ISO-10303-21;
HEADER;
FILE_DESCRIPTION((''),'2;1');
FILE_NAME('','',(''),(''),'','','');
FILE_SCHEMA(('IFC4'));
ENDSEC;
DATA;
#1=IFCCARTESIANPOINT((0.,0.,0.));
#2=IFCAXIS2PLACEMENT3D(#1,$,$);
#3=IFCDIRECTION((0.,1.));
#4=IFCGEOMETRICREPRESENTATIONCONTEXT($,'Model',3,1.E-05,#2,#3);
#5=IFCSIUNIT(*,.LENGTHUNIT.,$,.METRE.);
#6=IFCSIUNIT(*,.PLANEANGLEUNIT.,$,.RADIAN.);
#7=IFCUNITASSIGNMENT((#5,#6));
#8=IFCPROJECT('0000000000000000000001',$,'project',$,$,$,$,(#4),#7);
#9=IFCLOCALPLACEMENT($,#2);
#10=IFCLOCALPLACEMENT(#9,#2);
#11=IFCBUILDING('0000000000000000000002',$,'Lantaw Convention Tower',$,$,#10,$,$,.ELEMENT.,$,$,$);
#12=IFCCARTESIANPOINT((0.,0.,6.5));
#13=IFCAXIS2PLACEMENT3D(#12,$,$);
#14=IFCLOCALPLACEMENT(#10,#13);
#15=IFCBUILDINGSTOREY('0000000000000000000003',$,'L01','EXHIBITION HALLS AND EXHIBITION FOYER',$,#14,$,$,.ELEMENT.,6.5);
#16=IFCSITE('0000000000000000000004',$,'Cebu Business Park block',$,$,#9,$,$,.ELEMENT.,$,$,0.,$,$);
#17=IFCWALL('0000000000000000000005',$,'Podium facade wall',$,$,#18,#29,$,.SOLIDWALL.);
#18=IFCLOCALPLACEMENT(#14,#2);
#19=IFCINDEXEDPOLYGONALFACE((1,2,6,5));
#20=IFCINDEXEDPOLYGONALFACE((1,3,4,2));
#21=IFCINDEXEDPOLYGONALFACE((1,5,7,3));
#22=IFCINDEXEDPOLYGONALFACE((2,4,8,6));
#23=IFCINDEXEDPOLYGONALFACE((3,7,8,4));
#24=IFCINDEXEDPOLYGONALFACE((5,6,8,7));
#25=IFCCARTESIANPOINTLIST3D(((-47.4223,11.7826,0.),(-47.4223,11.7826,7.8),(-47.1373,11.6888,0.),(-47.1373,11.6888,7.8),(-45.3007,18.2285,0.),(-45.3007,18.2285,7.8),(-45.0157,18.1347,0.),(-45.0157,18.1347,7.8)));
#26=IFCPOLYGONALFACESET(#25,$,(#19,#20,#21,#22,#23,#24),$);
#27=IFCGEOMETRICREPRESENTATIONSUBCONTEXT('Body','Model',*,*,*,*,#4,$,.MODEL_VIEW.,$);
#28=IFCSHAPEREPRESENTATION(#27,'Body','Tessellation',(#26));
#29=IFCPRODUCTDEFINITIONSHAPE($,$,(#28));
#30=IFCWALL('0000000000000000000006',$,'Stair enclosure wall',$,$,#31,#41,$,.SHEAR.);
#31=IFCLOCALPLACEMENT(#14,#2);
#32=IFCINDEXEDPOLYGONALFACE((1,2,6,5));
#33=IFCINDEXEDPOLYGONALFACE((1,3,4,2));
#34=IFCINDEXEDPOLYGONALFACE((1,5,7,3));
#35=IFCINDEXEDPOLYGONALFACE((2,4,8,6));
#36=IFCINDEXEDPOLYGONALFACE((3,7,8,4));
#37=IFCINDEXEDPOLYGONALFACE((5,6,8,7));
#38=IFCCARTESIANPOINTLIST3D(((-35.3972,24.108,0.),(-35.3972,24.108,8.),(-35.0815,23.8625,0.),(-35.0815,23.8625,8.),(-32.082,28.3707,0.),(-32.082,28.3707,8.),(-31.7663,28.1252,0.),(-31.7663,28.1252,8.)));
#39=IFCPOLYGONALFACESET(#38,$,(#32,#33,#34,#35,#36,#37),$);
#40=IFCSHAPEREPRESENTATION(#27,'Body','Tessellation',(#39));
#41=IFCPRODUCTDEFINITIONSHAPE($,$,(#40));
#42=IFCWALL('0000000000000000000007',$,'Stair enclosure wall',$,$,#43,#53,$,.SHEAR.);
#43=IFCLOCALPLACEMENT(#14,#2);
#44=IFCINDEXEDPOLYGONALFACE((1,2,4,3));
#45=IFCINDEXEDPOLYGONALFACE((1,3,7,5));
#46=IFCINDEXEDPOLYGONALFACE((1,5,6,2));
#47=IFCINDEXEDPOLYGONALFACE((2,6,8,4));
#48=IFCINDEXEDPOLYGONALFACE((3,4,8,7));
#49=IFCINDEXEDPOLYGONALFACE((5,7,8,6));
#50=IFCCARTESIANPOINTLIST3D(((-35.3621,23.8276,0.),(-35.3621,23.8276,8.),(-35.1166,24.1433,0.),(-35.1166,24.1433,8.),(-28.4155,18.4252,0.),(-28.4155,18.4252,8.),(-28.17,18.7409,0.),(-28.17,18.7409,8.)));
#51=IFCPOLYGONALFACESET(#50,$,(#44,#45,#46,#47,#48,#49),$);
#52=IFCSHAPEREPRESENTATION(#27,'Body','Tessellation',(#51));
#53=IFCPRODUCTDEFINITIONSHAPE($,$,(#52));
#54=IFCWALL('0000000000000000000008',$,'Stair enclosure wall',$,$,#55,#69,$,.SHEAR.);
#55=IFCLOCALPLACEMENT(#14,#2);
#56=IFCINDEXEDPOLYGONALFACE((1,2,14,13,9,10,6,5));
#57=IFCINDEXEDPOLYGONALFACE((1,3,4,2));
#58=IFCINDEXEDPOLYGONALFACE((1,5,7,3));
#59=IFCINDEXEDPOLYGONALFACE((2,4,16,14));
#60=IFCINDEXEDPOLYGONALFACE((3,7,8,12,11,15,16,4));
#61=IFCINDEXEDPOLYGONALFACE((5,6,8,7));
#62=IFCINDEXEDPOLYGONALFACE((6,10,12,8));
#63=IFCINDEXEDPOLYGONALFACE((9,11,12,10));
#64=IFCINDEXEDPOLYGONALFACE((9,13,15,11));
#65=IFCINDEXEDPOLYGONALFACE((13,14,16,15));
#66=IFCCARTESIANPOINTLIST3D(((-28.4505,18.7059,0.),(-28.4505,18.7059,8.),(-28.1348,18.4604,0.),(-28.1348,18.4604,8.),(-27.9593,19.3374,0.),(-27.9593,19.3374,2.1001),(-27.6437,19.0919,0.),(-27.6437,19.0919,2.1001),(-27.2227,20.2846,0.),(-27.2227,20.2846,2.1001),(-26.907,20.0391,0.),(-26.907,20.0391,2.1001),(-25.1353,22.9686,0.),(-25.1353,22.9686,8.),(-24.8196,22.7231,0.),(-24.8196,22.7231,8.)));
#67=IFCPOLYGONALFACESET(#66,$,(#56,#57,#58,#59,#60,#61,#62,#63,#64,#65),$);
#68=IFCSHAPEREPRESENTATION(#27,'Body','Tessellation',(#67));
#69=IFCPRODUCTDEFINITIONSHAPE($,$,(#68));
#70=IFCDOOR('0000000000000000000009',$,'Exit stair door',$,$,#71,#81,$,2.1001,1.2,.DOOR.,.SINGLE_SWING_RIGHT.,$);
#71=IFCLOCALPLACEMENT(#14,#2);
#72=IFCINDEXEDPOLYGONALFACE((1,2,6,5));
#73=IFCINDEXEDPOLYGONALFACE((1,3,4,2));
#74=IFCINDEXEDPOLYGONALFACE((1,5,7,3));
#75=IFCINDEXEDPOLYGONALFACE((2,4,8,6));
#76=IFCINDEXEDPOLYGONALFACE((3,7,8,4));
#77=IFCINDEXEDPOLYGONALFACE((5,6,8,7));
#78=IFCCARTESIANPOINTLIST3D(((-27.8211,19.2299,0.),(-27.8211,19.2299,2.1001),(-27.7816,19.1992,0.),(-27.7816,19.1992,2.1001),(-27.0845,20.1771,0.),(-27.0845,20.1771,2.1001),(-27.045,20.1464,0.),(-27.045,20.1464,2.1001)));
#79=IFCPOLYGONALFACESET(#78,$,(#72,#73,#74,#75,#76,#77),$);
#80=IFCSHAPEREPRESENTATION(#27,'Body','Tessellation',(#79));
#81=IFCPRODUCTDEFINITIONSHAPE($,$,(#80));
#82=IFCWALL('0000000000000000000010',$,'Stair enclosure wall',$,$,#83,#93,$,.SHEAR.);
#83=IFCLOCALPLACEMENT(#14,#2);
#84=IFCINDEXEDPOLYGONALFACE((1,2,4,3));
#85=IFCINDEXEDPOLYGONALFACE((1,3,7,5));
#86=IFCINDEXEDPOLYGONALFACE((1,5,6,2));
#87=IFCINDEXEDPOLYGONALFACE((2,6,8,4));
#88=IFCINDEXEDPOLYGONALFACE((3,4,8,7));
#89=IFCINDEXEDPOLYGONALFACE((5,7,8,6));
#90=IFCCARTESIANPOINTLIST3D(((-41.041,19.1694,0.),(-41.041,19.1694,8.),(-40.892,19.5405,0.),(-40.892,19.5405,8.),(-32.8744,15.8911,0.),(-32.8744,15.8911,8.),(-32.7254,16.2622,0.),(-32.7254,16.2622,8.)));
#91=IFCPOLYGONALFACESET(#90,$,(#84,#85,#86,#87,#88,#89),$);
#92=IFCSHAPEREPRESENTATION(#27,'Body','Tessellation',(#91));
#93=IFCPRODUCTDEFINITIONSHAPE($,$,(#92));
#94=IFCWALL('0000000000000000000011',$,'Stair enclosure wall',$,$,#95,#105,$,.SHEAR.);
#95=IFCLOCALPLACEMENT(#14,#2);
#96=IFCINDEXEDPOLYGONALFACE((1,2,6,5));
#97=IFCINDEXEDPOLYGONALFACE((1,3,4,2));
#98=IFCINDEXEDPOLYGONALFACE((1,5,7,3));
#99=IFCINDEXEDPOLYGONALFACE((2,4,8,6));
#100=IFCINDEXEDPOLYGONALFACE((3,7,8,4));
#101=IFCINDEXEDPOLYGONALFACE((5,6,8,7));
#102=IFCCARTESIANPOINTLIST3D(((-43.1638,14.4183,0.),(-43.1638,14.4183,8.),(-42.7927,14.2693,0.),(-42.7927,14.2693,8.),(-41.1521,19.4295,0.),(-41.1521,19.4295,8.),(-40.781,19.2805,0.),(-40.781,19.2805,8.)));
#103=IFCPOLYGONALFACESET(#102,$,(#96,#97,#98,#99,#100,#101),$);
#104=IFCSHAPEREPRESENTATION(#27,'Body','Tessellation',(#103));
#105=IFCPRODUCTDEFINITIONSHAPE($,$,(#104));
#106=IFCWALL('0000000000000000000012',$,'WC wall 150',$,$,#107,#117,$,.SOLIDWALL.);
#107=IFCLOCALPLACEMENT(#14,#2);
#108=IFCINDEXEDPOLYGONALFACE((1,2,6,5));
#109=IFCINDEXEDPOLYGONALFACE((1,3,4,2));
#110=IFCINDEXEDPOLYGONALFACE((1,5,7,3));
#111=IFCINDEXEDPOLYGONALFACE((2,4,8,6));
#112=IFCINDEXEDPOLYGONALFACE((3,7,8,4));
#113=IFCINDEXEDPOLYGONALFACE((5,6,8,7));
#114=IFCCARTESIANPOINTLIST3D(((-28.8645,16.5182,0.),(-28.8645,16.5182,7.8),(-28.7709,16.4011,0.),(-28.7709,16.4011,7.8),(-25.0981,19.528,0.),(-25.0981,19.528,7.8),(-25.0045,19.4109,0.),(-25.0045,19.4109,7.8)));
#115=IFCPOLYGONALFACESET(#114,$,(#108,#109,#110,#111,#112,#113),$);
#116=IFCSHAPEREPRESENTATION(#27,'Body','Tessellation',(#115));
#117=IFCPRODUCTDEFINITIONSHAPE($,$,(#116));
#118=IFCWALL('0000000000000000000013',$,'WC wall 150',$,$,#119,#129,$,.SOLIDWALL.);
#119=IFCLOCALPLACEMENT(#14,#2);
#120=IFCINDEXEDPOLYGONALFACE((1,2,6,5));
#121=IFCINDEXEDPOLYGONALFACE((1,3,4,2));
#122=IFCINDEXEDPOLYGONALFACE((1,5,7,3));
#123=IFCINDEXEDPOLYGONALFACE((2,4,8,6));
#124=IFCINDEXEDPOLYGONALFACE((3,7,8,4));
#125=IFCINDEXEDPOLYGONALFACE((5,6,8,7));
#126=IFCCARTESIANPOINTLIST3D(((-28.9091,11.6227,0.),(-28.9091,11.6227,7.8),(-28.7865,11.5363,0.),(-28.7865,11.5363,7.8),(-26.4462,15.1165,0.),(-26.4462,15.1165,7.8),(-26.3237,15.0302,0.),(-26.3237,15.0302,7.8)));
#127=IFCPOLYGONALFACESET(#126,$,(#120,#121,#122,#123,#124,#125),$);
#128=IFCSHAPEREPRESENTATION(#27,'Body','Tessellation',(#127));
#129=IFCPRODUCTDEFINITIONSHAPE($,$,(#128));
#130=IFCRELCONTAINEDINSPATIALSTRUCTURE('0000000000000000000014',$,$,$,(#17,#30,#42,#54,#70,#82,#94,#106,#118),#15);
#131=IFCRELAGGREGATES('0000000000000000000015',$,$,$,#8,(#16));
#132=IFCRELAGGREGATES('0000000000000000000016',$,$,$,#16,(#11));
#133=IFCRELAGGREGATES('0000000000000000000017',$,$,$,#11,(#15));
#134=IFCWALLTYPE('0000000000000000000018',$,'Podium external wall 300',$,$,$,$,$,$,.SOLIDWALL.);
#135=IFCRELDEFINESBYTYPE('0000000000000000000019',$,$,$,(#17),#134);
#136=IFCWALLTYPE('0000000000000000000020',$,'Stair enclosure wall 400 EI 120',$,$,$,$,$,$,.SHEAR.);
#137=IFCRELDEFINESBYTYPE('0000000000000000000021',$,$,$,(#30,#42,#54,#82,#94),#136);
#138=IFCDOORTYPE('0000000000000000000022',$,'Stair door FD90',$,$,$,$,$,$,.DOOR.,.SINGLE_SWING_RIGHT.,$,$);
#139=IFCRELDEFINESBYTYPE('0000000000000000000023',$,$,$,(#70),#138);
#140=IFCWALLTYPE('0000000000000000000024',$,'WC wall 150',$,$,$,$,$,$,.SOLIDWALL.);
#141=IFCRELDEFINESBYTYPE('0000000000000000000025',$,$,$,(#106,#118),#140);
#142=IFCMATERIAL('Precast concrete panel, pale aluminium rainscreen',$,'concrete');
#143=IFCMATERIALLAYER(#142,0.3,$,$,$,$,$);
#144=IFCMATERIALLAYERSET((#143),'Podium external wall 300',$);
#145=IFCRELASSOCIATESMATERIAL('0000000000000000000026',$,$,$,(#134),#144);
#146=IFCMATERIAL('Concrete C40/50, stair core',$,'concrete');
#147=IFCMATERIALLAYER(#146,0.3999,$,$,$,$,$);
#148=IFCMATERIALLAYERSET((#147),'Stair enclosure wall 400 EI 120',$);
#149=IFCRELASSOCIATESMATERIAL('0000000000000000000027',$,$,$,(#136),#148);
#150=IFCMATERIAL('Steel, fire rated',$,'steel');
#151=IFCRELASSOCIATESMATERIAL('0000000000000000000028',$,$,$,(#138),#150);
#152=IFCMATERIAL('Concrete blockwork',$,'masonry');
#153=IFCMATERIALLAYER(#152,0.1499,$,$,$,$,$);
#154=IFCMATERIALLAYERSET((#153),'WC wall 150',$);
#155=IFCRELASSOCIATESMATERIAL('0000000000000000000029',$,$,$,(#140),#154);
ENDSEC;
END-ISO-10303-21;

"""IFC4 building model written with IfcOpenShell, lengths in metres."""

from ifc_helpers import new_model, si_unit, direction, frame, frame_2d, origin, place, context, subcontext, project, spatial, rectangle, extrude, material, layer, layer_set, type_object, element, fill, save


model = new_model("IFC4")

# Units and contexts
model_context = context("Model", 3, precision=1e-05, world=origin(), true_north=direction((0.0, 1.0)))
body_context = subcontext(model_context, "Body", "Model", "MODEL_VIEW")
ifc_project = project(units=[si_unit("LENGTHUNIT", "METRE"), si_unit("PLANEANGLEUNIT", "RADIAN")], contexts=[model_context])

# Site, building, storey
site_placement = place(None, origin())
site = spatial("IfcSite", under=ifc_project, at=site_placement, Name="Cebu Business Park block", CompositionType="ELEMENT", RefElevation=0.0)
building_placement = place(site_placement, origin())
building = spatial("IfcBuilding", under=site, at=building_placement, Name="Lantaw Convention Tower", CompositionType="ELEMENT")
storey_placement = place(building_placement, frame((0.0, 0.0, 6.5)))
storey = spatial("IfcBuildingStorey", under=building, at=storey_placement, Name="L01", Description="EXHIBITION HALLS AND EXHIBITION FOYER", CompositionType="ELEMENT", Elevation=6.5)

# Walls
ifc_material_1 = material(Name="Precast concrete panel, pale aluminium rainscreen", Category="concrete")
ifc_layer_1 = layer(ifc_material_1, 0.3)
ifc_layer_set_1 = layer_set([ifc_layer_1], Name="Podium external wall 300")
wall_type_1 = type_object("IfcWallType", Name="Podium external wall 300", PredefinedType="SOLIDWALL", material=ifc_layer_set_1)
wall_1_placement = place(storey_placement, frame((-45.1582, 18.1816, 0.0), z_axis=(0.0, 0.0, 1.0), x_axis=(-0.312631, -0.949874, 0.0)))
element("IfcWall", 1, at=wall_1_placement, inside=storey, type_object=wall_type_1, Name="Podium facade wall", PredefinedType="SOLIDWALL", context=body_context, shape_type="SweptSolid", body=[
    extrude(rectangle(XDim=6.7861, YDim=0.3, at=frame_2d((3.3931, 0.0))), origin(), (0.0, 0.0, 1.0), 7.8),
])
ifc_material_2 = material(Name="Concrete C40/50, stair core", Category="concrete")
ifc_layer_2 = layer(ifc_material_2, 0.3999)
ifc_layer_set_2 = layer_set([ifc_layer_2], Name="Stair enclosure wall 400 EI 120")
wall_type_2 = type_object("IfcWallType", Name="Stair enclosure wall 400 EI 120", PredefinedType="SHEAR", material=ifc_layer_set_2)
wall_2_placement = place(storey_placement, frame((-31.9241, 28.248, 0.0), z_axis=(0.0, 0.0, 1.0), x_axis=(-0.613912, -0.789374, 0.0)))
element("IfcWall", 2, at=wall_2_placement, inside=storey, type_object=wall_type_2, Name="Stair enclosure wall", PredefinedType="SHEAR", context=body_context, shape_type="SweptSolid", body=[
    extrude(rectangle(XDim=5.4001, YDim=0.3999, at=frame_2d((2.7002, 0.0))), origin(), (0.0, 0.0, 1.0), 8.0),
])
wall_3_placement = place(storey_placement, frame((-35.2393, 23.9854, 0.0), z_axis=(0.0, 0.0, 1.0), x_axis=(0.789381, -0.613904, 0.0)))
element("IfcWall", 3, at=wall_3_placement, inside=storey, type_object=wall_type_2, Name="Stair enclosure wall", PredefinedType="SHEAR", context=body_context, shape_type="SweptSolid", body=[
    extrude(rectangle(XDim=8.8, YDim=0.3999, at=frame_2d((4.3999, 0.0))), origin(), (0.0, 0.0, 1.0), 8.0),
])

# Wall, opening, door
wall_4_placement = place(storey_placement, frame((-28.2927, 18.583, 0.0), z_axis=(0.0, 0.0, 1.0), x_axis=(0.613912, 0.789374, 0.0)))
wall_4 = element("IfcWall", 4, at=wall_4_placement, inside=storey, type_object=wall_type_2, Name="Stair enclosure wall", PredefinedType="SHEAR", context=body_context, shape_type="SweptSolid", body=[
    extrude(rectangle(XDim=5.4001, YDim=0.3999, at=frame_2d((2.7002, 0.0))), origin(), (0.0, 0.0, 1.0), 8.0),
])
opening_placement = place(wall_4_placement, frame((0.8, 0.0, 0.0)))
opening = element("IfcOpeningElement", 5, at=opening_placement, cuts=wall_4, PredefinedType="OPENING", context=body_context, shape_type="SweptSolid", body=[
    extrude(rectangle(XDim=1.2, YDim=2.1001, at=frame_2d((0.6001, 1.05))), frame((0.0, 0.21, 0.0), z_axis=(0.0, -1.0, 0.0), x_axis=(1.0, 0.0, 0.0)), (0.0, 0.0, 1.0), 0.4199),
])
ifc_material_3 = material(Name="Steel, fire rated", Category="steel")
door_type = type_object("IfcDoorType", Name="Stair door FD90", OperationType="SINGLE_SWING_RIGHT", PredefinedType="DOOR", material=ifc_material_3)
door_placement = place(opening_placement, origin())
door = element("IfcDoor", 6, at=door_placement, inside=storey, type_object=door_type, Name="Exit stair door", OperationType="SINGLE_SWING_RIGHT", OverallHeight=2.1001, OverallWidth=1.2, PredefinedType="DOOR", context=body_context, shape_type="SweptSolid", body=[
    extrude(rectangle(XDim=1.2, YDim=2.1001, at=frame_2d((0.6001, 1.05))), frame((0.0, 0.0249, 0.0), z_axis=(0.0, -1.0, 0.0), x_axis=(1.0, 0.0, 0.0)), (0.0, 0.0, 1.0), 0.05),
])
fill(opening, door)

# Walls
wall_5_placement = place(storey_placement, frame((-32.8, 16.0767, 0.0), z_axis=(0.0, 0.0, 1.0), x_axis=(-0.928017, 0.372538, 0.0)))
element("IfcWall", 7, at=wall_5_placement, inside=storey, type_object=wall_type_2, Name="Stair enclosure wall", PredefinedType="SHEAR", context=body_context, shape_type="SweptSolid", body=[
    extrude(rectangle(XDim=8.8, YDim=0.3999, at=frame_2d((4.3999, 0.0))), origin(), (0.0, 0.0, 1.0), 8.0),
])
wall_6_placement = place(storey_placement, frame((-40.9666, 19.355, 0.0), z_axis=(0.0, 0.0, 1.0), x_axis=(-0.372544, -0.928015, 0.0)))
element("IfcWall", 8, at=wall_6_placement, inside=storey, type_object=wall_type_2, Name="Stair enclosure wall", PredefinedType="SHEAR", context=body_context, shape_type="SweptSolid", body=[
    extrude(rectangle(XDim=5.3999, YDim=0.3999, at=frame_2d((2.7, 0.0))), origin(), (0.0, 0.0, 1.0), 8.0),
])
ifc_material_4 = material(Name="Concrete blockwork", Category="masonry")
ifc_layer_3 = layer(ifc_material_4, 0.1499)
ifc_layer_set_3 = layer_set([ifc_layer_3], Name="WC wall 150")
wall_type_3 = type_object("IfcWallType", Name="WC wall 150", PredefinedType="SOLIDWALL", material=ifc_layer_set_3)
wall_7_placement = place(storey_placement, frame((-25.0513, 19.4695, 0.0), z_axis=(0.0, 0.0, 1.0), x_axis=(-0.781205, -0.624275, 0.0)))
element("IfcWall", 9, at=wall_7_placement, inside=storey, type_object=wall_type_3, Name="WC wall 150", PredefinedType="SOLIDWALL", context=body_context, shape_type="SweptSolid", body=[
    extrude(rectangle(XDim=4.8213, YDim=0.1499, at=frame_2d((2.4106, 0.0))), origin(), (0.0, 0.0, 1.0), 7.8),
])
wall_8_placement = place(storey_placement, frame((-26.385, 15.0732, 0.0), z_axis=(0.0, 0.0, 1.0), x_axis=(-0.576154, -0.817341, 0.0)))
element("IfcWall", 10, at=wall_8_placement, inside=storey, type_object=wall_type_3, Name="WC wall 150", PredefinedType="SOLIDWALL", context=body_context, shape_type="SweptSolid", body=[
    extrude(rectangle(XDim=4.2747, YDim=0.1499, at=frame_2d((2.1372, 0.0))), origin(), (0.0, 0.0, 1.0), 7.8),
])

save(model, "model.ifc")
